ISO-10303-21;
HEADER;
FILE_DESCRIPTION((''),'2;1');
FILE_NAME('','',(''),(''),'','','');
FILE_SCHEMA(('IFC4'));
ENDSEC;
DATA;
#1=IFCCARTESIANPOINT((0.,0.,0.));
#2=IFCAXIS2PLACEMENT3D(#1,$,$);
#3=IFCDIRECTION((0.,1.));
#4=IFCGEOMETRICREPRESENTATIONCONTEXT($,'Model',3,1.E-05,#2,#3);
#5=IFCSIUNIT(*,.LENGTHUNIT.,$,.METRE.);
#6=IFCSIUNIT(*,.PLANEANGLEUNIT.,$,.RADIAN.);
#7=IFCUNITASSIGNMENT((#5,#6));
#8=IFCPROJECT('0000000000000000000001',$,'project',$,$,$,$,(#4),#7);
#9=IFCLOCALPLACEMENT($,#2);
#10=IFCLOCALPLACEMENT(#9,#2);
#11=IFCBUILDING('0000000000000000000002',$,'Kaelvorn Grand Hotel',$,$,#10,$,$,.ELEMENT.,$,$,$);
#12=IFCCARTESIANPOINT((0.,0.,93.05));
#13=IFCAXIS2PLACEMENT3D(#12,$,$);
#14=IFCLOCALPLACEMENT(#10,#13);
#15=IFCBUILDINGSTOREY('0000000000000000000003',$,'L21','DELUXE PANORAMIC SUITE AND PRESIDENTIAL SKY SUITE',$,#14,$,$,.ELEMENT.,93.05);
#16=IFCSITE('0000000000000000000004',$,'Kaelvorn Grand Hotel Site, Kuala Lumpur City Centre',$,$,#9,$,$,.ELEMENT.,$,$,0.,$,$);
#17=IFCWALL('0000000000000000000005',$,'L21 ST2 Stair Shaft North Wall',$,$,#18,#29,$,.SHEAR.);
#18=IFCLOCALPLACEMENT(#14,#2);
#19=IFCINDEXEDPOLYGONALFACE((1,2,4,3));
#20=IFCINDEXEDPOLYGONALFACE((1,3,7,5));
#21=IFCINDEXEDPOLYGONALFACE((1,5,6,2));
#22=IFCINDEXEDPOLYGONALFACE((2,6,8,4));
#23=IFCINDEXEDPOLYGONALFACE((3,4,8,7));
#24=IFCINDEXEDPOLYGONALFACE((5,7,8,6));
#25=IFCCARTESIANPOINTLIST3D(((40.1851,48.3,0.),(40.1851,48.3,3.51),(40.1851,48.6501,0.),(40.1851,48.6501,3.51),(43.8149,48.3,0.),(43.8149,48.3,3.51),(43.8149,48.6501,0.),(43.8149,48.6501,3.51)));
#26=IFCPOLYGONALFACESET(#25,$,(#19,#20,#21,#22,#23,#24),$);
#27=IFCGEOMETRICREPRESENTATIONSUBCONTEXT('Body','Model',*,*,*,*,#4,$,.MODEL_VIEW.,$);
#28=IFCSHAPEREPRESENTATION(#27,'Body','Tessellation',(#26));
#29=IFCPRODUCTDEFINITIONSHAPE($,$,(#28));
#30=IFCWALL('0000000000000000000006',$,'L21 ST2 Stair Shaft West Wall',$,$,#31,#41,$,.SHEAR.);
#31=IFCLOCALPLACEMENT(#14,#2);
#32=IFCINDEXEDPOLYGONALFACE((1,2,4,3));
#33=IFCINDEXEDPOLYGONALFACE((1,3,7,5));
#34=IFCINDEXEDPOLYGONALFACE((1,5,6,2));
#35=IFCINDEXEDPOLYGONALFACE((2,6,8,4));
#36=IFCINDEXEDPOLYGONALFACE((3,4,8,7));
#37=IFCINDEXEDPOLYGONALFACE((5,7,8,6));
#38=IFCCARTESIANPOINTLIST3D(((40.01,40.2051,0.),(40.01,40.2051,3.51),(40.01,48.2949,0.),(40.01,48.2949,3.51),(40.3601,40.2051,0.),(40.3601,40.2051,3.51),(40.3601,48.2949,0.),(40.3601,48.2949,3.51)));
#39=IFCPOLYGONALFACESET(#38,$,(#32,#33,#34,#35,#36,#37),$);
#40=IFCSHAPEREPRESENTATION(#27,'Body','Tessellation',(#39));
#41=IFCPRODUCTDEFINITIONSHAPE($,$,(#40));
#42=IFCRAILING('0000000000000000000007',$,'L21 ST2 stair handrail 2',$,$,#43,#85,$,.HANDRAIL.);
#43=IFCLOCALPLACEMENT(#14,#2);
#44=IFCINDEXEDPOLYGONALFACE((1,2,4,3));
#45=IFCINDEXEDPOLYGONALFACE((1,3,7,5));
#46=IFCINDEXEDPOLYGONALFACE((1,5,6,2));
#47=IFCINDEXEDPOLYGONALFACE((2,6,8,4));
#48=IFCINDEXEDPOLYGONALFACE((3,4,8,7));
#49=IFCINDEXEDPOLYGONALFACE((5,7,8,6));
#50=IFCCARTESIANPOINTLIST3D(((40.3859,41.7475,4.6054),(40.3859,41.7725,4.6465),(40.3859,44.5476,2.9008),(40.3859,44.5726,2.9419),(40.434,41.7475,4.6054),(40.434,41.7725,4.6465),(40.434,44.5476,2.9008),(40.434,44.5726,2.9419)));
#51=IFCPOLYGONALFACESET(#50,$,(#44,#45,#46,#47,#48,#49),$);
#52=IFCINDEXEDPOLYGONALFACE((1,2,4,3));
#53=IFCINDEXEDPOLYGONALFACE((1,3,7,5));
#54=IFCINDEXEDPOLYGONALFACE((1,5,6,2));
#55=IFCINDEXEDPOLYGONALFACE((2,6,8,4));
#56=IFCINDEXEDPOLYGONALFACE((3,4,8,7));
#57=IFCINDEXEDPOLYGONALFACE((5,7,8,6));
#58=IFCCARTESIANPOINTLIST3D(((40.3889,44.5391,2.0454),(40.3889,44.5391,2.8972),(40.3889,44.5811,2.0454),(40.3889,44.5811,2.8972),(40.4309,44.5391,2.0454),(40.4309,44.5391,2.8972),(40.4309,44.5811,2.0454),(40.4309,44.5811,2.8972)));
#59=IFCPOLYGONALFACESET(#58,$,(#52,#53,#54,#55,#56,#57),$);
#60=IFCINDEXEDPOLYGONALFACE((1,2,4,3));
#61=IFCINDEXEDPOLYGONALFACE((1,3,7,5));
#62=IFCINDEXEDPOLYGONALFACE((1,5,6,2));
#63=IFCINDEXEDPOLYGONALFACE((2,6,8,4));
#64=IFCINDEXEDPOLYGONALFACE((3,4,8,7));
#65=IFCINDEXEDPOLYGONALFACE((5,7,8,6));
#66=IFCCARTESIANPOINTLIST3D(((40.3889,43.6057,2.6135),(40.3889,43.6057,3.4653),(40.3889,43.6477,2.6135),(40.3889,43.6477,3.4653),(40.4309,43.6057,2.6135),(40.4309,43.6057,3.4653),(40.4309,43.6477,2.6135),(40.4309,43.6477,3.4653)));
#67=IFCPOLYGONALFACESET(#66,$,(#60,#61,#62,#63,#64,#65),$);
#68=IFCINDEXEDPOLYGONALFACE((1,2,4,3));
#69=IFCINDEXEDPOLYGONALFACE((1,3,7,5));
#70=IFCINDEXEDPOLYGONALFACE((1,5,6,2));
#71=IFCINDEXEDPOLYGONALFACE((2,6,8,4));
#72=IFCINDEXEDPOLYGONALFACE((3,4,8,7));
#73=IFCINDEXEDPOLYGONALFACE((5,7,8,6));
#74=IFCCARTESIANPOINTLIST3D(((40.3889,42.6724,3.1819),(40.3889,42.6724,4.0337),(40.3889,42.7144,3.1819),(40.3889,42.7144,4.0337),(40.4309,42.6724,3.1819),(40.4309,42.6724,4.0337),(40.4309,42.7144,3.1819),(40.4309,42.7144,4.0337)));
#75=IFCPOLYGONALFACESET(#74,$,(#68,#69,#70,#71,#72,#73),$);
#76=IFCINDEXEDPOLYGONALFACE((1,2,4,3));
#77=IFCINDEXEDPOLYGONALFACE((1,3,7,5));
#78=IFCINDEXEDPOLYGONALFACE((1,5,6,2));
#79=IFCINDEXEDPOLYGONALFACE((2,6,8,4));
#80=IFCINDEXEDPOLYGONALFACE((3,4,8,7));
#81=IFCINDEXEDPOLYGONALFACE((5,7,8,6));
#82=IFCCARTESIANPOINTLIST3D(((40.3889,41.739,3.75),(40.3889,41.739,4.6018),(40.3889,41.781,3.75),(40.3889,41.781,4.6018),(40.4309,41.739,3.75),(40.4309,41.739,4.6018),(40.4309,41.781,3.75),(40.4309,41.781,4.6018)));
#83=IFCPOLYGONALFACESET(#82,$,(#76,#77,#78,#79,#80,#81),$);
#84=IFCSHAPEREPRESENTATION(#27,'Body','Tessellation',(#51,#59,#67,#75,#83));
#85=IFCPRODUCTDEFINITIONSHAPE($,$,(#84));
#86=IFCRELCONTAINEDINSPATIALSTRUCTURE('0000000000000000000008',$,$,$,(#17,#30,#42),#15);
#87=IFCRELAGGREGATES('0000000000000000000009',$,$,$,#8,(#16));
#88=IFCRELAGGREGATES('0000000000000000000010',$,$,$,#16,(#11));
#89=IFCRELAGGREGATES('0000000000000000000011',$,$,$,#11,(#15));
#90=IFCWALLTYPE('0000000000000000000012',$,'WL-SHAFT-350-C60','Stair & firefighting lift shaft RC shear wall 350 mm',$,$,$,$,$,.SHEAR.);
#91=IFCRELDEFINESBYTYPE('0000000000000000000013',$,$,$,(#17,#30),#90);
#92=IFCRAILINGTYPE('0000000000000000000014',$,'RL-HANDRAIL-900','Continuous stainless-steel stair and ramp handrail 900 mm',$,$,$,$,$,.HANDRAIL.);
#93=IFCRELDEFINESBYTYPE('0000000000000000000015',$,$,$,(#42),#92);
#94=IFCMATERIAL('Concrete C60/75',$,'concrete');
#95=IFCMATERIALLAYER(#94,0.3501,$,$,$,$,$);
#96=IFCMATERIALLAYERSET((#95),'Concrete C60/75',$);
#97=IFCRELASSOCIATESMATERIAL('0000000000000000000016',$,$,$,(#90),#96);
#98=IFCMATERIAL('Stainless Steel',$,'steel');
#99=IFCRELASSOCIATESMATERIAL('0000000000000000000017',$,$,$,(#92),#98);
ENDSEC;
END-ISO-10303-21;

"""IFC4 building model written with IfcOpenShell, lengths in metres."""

from ifc_helpers import new_model, si_unit, direction, frame, frame_2d, origin, origin_2d, place, context, subcontext, project, spatial, rectangle, extrude, material, layer, layer_set, type_object, element, save


model = new_model("IFC4")

# Units and contexts
model_context = context("Model", 3, precision=1e-05, world=origin(), true_north=direction((0.0, 1.0)))
body_context = subcontext(model_context, "Body", "Model", "MODEL_VIEW")
ifc_project = project(units=[si_unit("LENGTHUNIT", "METRE"), si_unit("PLANEANGLEUNIT", "RADIAN")], contexts=[model_context])

# Site, building, storey
site_placement = place(None, origin())
site = spatial("IfcSite", under=ifc_project, at=site_placement, Name="Kaelvorn Grand Hotel Site, Kuala Lumpur City Centre", CompositionType="ELEMENT", RefElevation=0.0)
building_placement = place(site_placement, origin())
building = spatial("IfcBuilding", under=site, at=building_placement, Name="Kaelvorn Grand Hotel", CompositionType="ELEMENT")
storey_placement = place(building_placement, frame((0.0, 0.0, 93.05)))
storey = spatial("IfcBuildingStorey", under=building, at=storey_placement, Name="L21", Description="DELUXE PANORAMIC SUITE AND PRESIDENTIAL SKY SUITE", CompositionType="ELEMENT", Elevation=93.05)

# Shared definitions
ifc_material_1 = material(Name="Concrete C60/75", Category="concrete")

# Shared definitions
ifc_layer_1 = layer(ifc_material_1, 0.3501)
ifc_layer_set_1 = layer_set([ifc_layer_1], Name="Concrete C60/75")
wall_type_1 = type_object("IfcWallType", Name="WL-SHAFT-350-C60", Description="Stair & firefighting lift shaft RC shear wall 350 mm", PredefinedType="SHEAR", material=ifc_layer_set_1)

# Walls
wall_1_placement = place(storey_placement, frame((40.1851, 48.4751, 0.0), z_axis=(0.0, 0.0, 1.0), x_axis=(1.0, 0.0, 0.0)))
element("IfcWall", 1, at=wall_1_placement, inside=storey, type_object=wall_type_1, Name="L21 ST2 Stair Shaft North Wall", PredefinedType="SHEAR", context=body_context, shape_type="SweptSolid", body=[
    extrude(rectangle(XDim=3.6299, YDim=0.3501, at=frame_2d((1.8149, 0.0))), origin(), (0.0, 0.0, 1.0), 3.51),
])
wall_2_placement = place(storey_placement, frame((40.1851, 40.2051, 0.0), z_axis=(0.0, 0.0, 1.0), x_axis=(0.0, 1.0, 0.0)))
element("IfcWall", 2, at=wall_2_placement, inside=storey, type_object=wall_type_1, Name="L21 ST2 Stair Shaft West Wall", PredefinedType="SHEAR", context=body_context, shape_type="SweptSolid", body=[
    extrude(rectangle(XDim=8.0898, YDim=0.3501, at=frame_2d((4.0449, 0.0))), origin(), (0.0, 0.0, 1.0), 3.51),
])

# Railing
ifc_material_2 = material(Name="Stainless Steel", Category="steel")
railing_type = type_object("IfcRailingType", Name="RL-HANDRAIL-900", Description="Continuous stainless-steel stair and ramp handrail 900 mm", PredefinedType="HANDRAIL", material=ifc_material_2)
railing_placement = place(storey_placement, frame((40.4099, 44.5601, 2.0454)))
element("IfcRailing", 3, at=railing_placement, inside=storey, type_object=railing_type, Name="L21 ST2 stair handrail 2", PredefinedType="HANDRAIL", context=body_context, shape_type="SweptSolid", body=[
    extrude(rectangle(XDim=0.0481, YDim=0.0481, at=origin_2d()), frame((0.0, 0.0, 0.876), z_axis=(0.0, -0.85417, 0.519994), x_axis=(1.0, 0.0, 0.0)), (0.0, 0.0, 1.0), 3.2781),
    extrude(rectangle(XDim=0.042, YDim=0.042, at=origin_2d()), origin(), (0.0, 0.0, 1.0), 0.8518),
    extrude(rectangle(XDim=0.042, YDim=0.042, at=origin_2d()), frame((0.0, -0.9333, 0.5681)), (0.0, 0.0, 1.0), 0.8518),
    extrude(rectangle(XDim=0.042, YDim=0.042, at=origin_2d()), frame((0.0, -1.8667, 1.1365)), (0.0, 0.0, 1.0), 0.8518),
    extrude(rectangle(XDim=0.042, YDim=0.042, at=origin_2d()), frame((0.0, -2.8, 1.7046)), (0.0, 0.0, 1.0), 0.8518),
])

save(model, "model.ifc")
